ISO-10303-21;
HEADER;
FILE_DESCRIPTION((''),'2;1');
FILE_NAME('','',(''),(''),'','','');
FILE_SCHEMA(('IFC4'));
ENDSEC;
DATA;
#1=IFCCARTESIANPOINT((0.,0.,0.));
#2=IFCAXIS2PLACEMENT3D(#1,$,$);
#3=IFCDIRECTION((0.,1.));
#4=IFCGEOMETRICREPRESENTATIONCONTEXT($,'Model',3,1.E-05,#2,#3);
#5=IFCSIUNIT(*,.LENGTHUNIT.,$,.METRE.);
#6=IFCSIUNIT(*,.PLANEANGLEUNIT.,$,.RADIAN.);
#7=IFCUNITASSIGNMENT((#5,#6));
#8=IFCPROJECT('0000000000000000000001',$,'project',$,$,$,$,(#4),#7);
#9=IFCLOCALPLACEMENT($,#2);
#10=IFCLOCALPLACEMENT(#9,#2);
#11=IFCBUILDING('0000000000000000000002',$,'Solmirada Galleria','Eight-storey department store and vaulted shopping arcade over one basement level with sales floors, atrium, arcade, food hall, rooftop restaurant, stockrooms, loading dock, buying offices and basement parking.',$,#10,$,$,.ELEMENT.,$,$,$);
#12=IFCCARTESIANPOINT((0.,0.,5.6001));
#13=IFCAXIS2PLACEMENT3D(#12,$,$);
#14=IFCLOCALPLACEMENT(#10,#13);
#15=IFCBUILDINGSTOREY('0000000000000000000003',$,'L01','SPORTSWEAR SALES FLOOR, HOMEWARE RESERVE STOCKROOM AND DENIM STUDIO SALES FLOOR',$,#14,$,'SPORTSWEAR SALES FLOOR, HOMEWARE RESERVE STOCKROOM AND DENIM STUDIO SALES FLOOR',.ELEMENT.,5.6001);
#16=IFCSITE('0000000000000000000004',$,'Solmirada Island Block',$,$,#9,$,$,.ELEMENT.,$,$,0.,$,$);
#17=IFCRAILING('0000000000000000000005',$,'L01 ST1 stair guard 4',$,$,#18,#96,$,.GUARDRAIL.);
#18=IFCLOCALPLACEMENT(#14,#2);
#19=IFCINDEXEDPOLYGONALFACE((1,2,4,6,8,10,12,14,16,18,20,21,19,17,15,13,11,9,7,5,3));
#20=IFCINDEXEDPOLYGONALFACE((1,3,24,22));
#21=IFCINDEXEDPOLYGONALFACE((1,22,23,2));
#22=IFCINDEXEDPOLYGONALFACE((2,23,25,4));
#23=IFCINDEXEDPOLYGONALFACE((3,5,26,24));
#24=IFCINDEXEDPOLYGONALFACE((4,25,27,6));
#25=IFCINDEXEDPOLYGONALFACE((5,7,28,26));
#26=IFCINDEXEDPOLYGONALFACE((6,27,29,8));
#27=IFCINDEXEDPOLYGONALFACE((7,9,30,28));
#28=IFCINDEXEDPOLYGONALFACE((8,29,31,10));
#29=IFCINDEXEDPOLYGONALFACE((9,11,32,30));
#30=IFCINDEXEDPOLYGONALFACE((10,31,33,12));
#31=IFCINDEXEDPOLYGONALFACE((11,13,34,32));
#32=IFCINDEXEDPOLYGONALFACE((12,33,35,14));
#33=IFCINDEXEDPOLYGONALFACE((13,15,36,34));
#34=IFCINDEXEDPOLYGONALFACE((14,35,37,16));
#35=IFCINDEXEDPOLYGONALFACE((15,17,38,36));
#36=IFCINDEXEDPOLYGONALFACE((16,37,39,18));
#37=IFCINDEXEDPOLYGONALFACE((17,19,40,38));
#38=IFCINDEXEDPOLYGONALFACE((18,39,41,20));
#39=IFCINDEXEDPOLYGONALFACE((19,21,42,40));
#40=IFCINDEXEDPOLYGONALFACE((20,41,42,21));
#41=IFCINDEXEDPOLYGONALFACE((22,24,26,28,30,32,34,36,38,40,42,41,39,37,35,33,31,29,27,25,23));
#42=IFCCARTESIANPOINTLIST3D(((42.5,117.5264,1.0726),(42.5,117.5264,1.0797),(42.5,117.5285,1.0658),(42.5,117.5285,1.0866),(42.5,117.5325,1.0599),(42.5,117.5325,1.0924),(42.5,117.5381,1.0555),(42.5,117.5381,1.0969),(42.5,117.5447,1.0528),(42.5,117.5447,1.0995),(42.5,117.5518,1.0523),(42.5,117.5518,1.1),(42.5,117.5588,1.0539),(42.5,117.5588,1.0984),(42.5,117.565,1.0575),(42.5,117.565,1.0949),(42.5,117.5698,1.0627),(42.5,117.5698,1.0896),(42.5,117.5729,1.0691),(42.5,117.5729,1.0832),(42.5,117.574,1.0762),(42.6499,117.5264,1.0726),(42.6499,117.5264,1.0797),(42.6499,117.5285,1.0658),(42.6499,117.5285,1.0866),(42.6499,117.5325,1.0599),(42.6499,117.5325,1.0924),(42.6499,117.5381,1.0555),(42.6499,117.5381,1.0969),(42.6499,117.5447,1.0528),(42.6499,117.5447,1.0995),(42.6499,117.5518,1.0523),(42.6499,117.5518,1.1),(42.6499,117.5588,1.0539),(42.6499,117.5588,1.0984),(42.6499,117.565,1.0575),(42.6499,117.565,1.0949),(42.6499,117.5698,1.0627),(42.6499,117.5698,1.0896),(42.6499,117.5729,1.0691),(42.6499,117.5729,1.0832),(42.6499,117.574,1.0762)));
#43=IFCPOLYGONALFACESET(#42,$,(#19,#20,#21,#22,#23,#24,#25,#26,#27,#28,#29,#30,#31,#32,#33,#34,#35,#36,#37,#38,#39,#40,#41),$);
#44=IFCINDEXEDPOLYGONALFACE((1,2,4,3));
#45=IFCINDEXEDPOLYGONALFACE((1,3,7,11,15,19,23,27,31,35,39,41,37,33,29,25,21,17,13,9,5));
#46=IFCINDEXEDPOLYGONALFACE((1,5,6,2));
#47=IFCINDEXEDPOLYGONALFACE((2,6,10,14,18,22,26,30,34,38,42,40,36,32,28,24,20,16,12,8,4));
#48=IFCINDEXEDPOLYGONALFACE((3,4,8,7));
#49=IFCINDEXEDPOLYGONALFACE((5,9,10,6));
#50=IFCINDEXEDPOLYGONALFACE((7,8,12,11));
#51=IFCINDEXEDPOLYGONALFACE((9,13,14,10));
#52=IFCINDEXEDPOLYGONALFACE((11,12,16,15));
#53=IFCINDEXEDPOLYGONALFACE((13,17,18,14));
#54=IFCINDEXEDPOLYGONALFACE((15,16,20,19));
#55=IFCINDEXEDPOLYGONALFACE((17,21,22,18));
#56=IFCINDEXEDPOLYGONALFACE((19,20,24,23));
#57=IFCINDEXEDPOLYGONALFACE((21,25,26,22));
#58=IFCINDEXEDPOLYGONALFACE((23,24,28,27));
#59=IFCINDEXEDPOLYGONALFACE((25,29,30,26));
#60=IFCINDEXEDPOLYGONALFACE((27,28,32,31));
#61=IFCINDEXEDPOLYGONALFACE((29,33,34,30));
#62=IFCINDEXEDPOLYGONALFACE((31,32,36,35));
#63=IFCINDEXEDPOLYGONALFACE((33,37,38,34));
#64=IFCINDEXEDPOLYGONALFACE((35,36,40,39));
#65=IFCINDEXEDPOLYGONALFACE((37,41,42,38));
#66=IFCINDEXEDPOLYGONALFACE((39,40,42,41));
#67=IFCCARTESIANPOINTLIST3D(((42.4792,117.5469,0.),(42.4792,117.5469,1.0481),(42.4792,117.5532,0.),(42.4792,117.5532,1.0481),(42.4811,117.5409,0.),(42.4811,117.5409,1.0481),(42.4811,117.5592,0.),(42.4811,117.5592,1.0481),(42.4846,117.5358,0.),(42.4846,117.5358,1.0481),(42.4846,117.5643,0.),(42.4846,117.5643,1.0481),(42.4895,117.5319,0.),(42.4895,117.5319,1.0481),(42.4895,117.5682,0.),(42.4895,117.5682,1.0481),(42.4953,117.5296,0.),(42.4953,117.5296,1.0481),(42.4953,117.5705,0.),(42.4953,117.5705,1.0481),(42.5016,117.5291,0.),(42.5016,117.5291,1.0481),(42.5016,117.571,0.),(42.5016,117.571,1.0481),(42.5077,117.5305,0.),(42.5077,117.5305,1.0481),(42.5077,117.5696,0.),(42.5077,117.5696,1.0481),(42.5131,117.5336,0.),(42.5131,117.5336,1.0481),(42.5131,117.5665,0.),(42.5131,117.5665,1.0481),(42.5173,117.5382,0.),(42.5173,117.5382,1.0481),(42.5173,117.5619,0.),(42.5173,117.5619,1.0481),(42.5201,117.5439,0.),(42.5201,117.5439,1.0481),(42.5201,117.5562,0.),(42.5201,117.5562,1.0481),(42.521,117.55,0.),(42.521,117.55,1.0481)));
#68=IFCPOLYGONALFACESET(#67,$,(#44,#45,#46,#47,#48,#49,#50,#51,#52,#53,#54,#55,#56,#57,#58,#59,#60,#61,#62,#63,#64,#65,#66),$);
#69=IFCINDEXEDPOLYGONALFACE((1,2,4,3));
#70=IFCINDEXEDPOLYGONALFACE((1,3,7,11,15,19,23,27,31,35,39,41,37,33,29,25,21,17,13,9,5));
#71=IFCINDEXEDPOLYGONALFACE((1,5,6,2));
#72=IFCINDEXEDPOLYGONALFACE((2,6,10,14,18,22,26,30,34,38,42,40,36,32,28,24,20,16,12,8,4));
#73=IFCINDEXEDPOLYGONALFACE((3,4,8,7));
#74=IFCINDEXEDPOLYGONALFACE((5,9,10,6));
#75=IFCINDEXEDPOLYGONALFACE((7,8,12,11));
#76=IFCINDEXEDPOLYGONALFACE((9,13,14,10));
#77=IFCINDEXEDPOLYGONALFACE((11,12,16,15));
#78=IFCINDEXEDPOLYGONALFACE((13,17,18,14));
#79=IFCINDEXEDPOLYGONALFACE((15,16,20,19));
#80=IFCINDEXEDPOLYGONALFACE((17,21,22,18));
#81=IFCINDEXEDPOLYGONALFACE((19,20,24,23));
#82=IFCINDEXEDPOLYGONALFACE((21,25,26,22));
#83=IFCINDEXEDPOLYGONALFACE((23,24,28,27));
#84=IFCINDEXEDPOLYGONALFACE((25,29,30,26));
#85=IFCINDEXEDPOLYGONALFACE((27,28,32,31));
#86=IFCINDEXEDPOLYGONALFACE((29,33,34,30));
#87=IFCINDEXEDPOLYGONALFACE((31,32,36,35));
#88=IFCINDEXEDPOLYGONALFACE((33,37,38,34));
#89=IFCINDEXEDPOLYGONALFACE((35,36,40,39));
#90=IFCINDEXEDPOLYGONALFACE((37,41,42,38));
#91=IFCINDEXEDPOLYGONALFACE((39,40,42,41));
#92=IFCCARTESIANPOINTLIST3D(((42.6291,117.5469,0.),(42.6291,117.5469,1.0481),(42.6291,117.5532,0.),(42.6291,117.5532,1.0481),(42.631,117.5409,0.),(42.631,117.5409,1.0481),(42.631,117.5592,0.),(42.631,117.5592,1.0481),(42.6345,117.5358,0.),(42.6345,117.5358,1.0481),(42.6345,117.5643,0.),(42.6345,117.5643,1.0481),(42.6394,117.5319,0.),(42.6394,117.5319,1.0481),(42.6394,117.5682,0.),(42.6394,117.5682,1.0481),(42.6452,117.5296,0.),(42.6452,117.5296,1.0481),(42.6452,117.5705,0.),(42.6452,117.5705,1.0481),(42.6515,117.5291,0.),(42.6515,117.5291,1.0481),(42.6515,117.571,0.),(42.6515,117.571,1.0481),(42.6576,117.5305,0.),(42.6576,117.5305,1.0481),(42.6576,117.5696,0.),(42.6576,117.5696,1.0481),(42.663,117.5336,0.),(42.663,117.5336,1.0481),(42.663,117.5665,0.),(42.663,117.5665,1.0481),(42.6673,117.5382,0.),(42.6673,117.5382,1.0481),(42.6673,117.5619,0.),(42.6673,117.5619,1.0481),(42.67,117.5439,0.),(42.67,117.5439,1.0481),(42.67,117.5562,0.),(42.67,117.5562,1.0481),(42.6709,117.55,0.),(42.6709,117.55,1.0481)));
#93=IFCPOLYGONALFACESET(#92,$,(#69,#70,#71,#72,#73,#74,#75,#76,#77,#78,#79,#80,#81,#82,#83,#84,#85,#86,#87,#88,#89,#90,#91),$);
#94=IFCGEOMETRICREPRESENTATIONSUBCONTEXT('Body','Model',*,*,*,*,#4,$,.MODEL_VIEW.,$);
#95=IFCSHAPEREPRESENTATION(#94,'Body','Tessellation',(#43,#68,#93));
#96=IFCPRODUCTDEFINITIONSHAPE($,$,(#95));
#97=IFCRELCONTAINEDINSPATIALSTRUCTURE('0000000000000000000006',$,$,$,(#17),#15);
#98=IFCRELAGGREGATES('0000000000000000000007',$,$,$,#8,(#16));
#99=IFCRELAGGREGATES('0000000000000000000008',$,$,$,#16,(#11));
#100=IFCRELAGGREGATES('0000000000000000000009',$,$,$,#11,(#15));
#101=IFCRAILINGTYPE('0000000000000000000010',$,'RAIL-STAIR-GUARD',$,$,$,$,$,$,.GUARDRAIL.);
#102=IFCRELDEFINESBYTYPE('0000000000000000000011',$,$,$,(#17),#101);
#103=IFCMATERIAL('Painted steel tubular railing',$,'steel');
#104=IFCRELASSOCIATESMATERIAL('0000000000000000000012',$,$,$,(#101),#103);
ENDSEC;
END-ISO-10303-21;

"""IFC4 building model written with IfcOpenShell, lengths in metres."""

from ifc_helpers import new_model, si_unit, direction, frame, origin, origin_2d, place, context, subcontext, project, spatial, circle, extrude, material, type_object, element, save


model = new_model("IFC4")

# Units and contexts
model_context = context("Model", 3, precision=1e-05, world=origin(), true_north=direction((0.0, 1.0)))
body_context = subcontext(model_context, "Body", "Model", "MODEL_VIEW")
ifc_project = project(units=[si_unit("LENGTHUNIT", "METRE"), si_unit("PLANEANGLEUNIT", "RADIAN")], contexts=[model_context])

# Site, building, storey
site_placement = place(None, origin())
site = spatial("IfcSite", under=ifc_project, at=site_placement, Name="Solmirada Island Block", CompositionType="ELEMENT", RefElevation=0.0)
building_placement = place(site_placement, origin())
building = spatial("IfcBuilding", under=site, at=building_placement, Name="Solmirada Galleria", Description="Eight-storey department store and vaulted shopping arcade over one basement level with sales floors, atrium, arcade, food hall, rooftop restaurant, stockrooms, loading dock, buying offices and basement parking.", CompositionType="ELEMENT")
storey_placement = place(building_placement, frame((0.0, 0.0, 5.6001)))
storey = spatial("IfcBuildingStorey", under=building, at=storey_placement, Name="L01", Description="SPORTSWEAR SALES FLOOR, HOMEWARE RESERVE STOCKROOM AND DENIM STUDIO SALES FLOOR", LongName="SPORTSWEAR SALES FLOOR, HOMEWARE RESERVE STOCKROOM AND DENIM STUDIO SALES FLOOR", CompositionType="ELEMENT", Elevation=5.6001)

# Railing
ifc_material_1 = material(Name="Painted steel tubular railing", Category="steel")
railing_type_1 = type_object("IfcRailingType", Name="RAIL-STAIR-GUARD", PredefinedType="GUARDRAIL", material=ifc_material_1)
railing_1_placement = place(storey_placement, frame((42.5, 117.55, 0.0)))
element("IfcRailing", 1, at=railing_1_placement, inside=storey, type_object=railing_type_1, Name="L01 ST1 stair guard 4", PredefinedType="GUARDRAIL", context=body_context, shape_type="SweptSolid", body=[
    extrude(circle(Radius=0.0239, at=origin_2d()), frame((0.0, 0.0, 1.0762), z_axis=(1.0, 0.0, 0.0), x_axis=(0.0, 1.0, 0.0)), (0.0, 0.0, 1.0), 0.1499),
    extrude(circle(Radius=0.021, at=origin_2d()), origin(), (0.0, 0.0, 1.0), 1.0481),
    extrude(circle(Radius=0.021, at=origin_2d()), frame((0.1499, 0.0, 0.0)), (0.0, 0.0, 1.0), 1.0481),
])

save(model, "model.ifc")
